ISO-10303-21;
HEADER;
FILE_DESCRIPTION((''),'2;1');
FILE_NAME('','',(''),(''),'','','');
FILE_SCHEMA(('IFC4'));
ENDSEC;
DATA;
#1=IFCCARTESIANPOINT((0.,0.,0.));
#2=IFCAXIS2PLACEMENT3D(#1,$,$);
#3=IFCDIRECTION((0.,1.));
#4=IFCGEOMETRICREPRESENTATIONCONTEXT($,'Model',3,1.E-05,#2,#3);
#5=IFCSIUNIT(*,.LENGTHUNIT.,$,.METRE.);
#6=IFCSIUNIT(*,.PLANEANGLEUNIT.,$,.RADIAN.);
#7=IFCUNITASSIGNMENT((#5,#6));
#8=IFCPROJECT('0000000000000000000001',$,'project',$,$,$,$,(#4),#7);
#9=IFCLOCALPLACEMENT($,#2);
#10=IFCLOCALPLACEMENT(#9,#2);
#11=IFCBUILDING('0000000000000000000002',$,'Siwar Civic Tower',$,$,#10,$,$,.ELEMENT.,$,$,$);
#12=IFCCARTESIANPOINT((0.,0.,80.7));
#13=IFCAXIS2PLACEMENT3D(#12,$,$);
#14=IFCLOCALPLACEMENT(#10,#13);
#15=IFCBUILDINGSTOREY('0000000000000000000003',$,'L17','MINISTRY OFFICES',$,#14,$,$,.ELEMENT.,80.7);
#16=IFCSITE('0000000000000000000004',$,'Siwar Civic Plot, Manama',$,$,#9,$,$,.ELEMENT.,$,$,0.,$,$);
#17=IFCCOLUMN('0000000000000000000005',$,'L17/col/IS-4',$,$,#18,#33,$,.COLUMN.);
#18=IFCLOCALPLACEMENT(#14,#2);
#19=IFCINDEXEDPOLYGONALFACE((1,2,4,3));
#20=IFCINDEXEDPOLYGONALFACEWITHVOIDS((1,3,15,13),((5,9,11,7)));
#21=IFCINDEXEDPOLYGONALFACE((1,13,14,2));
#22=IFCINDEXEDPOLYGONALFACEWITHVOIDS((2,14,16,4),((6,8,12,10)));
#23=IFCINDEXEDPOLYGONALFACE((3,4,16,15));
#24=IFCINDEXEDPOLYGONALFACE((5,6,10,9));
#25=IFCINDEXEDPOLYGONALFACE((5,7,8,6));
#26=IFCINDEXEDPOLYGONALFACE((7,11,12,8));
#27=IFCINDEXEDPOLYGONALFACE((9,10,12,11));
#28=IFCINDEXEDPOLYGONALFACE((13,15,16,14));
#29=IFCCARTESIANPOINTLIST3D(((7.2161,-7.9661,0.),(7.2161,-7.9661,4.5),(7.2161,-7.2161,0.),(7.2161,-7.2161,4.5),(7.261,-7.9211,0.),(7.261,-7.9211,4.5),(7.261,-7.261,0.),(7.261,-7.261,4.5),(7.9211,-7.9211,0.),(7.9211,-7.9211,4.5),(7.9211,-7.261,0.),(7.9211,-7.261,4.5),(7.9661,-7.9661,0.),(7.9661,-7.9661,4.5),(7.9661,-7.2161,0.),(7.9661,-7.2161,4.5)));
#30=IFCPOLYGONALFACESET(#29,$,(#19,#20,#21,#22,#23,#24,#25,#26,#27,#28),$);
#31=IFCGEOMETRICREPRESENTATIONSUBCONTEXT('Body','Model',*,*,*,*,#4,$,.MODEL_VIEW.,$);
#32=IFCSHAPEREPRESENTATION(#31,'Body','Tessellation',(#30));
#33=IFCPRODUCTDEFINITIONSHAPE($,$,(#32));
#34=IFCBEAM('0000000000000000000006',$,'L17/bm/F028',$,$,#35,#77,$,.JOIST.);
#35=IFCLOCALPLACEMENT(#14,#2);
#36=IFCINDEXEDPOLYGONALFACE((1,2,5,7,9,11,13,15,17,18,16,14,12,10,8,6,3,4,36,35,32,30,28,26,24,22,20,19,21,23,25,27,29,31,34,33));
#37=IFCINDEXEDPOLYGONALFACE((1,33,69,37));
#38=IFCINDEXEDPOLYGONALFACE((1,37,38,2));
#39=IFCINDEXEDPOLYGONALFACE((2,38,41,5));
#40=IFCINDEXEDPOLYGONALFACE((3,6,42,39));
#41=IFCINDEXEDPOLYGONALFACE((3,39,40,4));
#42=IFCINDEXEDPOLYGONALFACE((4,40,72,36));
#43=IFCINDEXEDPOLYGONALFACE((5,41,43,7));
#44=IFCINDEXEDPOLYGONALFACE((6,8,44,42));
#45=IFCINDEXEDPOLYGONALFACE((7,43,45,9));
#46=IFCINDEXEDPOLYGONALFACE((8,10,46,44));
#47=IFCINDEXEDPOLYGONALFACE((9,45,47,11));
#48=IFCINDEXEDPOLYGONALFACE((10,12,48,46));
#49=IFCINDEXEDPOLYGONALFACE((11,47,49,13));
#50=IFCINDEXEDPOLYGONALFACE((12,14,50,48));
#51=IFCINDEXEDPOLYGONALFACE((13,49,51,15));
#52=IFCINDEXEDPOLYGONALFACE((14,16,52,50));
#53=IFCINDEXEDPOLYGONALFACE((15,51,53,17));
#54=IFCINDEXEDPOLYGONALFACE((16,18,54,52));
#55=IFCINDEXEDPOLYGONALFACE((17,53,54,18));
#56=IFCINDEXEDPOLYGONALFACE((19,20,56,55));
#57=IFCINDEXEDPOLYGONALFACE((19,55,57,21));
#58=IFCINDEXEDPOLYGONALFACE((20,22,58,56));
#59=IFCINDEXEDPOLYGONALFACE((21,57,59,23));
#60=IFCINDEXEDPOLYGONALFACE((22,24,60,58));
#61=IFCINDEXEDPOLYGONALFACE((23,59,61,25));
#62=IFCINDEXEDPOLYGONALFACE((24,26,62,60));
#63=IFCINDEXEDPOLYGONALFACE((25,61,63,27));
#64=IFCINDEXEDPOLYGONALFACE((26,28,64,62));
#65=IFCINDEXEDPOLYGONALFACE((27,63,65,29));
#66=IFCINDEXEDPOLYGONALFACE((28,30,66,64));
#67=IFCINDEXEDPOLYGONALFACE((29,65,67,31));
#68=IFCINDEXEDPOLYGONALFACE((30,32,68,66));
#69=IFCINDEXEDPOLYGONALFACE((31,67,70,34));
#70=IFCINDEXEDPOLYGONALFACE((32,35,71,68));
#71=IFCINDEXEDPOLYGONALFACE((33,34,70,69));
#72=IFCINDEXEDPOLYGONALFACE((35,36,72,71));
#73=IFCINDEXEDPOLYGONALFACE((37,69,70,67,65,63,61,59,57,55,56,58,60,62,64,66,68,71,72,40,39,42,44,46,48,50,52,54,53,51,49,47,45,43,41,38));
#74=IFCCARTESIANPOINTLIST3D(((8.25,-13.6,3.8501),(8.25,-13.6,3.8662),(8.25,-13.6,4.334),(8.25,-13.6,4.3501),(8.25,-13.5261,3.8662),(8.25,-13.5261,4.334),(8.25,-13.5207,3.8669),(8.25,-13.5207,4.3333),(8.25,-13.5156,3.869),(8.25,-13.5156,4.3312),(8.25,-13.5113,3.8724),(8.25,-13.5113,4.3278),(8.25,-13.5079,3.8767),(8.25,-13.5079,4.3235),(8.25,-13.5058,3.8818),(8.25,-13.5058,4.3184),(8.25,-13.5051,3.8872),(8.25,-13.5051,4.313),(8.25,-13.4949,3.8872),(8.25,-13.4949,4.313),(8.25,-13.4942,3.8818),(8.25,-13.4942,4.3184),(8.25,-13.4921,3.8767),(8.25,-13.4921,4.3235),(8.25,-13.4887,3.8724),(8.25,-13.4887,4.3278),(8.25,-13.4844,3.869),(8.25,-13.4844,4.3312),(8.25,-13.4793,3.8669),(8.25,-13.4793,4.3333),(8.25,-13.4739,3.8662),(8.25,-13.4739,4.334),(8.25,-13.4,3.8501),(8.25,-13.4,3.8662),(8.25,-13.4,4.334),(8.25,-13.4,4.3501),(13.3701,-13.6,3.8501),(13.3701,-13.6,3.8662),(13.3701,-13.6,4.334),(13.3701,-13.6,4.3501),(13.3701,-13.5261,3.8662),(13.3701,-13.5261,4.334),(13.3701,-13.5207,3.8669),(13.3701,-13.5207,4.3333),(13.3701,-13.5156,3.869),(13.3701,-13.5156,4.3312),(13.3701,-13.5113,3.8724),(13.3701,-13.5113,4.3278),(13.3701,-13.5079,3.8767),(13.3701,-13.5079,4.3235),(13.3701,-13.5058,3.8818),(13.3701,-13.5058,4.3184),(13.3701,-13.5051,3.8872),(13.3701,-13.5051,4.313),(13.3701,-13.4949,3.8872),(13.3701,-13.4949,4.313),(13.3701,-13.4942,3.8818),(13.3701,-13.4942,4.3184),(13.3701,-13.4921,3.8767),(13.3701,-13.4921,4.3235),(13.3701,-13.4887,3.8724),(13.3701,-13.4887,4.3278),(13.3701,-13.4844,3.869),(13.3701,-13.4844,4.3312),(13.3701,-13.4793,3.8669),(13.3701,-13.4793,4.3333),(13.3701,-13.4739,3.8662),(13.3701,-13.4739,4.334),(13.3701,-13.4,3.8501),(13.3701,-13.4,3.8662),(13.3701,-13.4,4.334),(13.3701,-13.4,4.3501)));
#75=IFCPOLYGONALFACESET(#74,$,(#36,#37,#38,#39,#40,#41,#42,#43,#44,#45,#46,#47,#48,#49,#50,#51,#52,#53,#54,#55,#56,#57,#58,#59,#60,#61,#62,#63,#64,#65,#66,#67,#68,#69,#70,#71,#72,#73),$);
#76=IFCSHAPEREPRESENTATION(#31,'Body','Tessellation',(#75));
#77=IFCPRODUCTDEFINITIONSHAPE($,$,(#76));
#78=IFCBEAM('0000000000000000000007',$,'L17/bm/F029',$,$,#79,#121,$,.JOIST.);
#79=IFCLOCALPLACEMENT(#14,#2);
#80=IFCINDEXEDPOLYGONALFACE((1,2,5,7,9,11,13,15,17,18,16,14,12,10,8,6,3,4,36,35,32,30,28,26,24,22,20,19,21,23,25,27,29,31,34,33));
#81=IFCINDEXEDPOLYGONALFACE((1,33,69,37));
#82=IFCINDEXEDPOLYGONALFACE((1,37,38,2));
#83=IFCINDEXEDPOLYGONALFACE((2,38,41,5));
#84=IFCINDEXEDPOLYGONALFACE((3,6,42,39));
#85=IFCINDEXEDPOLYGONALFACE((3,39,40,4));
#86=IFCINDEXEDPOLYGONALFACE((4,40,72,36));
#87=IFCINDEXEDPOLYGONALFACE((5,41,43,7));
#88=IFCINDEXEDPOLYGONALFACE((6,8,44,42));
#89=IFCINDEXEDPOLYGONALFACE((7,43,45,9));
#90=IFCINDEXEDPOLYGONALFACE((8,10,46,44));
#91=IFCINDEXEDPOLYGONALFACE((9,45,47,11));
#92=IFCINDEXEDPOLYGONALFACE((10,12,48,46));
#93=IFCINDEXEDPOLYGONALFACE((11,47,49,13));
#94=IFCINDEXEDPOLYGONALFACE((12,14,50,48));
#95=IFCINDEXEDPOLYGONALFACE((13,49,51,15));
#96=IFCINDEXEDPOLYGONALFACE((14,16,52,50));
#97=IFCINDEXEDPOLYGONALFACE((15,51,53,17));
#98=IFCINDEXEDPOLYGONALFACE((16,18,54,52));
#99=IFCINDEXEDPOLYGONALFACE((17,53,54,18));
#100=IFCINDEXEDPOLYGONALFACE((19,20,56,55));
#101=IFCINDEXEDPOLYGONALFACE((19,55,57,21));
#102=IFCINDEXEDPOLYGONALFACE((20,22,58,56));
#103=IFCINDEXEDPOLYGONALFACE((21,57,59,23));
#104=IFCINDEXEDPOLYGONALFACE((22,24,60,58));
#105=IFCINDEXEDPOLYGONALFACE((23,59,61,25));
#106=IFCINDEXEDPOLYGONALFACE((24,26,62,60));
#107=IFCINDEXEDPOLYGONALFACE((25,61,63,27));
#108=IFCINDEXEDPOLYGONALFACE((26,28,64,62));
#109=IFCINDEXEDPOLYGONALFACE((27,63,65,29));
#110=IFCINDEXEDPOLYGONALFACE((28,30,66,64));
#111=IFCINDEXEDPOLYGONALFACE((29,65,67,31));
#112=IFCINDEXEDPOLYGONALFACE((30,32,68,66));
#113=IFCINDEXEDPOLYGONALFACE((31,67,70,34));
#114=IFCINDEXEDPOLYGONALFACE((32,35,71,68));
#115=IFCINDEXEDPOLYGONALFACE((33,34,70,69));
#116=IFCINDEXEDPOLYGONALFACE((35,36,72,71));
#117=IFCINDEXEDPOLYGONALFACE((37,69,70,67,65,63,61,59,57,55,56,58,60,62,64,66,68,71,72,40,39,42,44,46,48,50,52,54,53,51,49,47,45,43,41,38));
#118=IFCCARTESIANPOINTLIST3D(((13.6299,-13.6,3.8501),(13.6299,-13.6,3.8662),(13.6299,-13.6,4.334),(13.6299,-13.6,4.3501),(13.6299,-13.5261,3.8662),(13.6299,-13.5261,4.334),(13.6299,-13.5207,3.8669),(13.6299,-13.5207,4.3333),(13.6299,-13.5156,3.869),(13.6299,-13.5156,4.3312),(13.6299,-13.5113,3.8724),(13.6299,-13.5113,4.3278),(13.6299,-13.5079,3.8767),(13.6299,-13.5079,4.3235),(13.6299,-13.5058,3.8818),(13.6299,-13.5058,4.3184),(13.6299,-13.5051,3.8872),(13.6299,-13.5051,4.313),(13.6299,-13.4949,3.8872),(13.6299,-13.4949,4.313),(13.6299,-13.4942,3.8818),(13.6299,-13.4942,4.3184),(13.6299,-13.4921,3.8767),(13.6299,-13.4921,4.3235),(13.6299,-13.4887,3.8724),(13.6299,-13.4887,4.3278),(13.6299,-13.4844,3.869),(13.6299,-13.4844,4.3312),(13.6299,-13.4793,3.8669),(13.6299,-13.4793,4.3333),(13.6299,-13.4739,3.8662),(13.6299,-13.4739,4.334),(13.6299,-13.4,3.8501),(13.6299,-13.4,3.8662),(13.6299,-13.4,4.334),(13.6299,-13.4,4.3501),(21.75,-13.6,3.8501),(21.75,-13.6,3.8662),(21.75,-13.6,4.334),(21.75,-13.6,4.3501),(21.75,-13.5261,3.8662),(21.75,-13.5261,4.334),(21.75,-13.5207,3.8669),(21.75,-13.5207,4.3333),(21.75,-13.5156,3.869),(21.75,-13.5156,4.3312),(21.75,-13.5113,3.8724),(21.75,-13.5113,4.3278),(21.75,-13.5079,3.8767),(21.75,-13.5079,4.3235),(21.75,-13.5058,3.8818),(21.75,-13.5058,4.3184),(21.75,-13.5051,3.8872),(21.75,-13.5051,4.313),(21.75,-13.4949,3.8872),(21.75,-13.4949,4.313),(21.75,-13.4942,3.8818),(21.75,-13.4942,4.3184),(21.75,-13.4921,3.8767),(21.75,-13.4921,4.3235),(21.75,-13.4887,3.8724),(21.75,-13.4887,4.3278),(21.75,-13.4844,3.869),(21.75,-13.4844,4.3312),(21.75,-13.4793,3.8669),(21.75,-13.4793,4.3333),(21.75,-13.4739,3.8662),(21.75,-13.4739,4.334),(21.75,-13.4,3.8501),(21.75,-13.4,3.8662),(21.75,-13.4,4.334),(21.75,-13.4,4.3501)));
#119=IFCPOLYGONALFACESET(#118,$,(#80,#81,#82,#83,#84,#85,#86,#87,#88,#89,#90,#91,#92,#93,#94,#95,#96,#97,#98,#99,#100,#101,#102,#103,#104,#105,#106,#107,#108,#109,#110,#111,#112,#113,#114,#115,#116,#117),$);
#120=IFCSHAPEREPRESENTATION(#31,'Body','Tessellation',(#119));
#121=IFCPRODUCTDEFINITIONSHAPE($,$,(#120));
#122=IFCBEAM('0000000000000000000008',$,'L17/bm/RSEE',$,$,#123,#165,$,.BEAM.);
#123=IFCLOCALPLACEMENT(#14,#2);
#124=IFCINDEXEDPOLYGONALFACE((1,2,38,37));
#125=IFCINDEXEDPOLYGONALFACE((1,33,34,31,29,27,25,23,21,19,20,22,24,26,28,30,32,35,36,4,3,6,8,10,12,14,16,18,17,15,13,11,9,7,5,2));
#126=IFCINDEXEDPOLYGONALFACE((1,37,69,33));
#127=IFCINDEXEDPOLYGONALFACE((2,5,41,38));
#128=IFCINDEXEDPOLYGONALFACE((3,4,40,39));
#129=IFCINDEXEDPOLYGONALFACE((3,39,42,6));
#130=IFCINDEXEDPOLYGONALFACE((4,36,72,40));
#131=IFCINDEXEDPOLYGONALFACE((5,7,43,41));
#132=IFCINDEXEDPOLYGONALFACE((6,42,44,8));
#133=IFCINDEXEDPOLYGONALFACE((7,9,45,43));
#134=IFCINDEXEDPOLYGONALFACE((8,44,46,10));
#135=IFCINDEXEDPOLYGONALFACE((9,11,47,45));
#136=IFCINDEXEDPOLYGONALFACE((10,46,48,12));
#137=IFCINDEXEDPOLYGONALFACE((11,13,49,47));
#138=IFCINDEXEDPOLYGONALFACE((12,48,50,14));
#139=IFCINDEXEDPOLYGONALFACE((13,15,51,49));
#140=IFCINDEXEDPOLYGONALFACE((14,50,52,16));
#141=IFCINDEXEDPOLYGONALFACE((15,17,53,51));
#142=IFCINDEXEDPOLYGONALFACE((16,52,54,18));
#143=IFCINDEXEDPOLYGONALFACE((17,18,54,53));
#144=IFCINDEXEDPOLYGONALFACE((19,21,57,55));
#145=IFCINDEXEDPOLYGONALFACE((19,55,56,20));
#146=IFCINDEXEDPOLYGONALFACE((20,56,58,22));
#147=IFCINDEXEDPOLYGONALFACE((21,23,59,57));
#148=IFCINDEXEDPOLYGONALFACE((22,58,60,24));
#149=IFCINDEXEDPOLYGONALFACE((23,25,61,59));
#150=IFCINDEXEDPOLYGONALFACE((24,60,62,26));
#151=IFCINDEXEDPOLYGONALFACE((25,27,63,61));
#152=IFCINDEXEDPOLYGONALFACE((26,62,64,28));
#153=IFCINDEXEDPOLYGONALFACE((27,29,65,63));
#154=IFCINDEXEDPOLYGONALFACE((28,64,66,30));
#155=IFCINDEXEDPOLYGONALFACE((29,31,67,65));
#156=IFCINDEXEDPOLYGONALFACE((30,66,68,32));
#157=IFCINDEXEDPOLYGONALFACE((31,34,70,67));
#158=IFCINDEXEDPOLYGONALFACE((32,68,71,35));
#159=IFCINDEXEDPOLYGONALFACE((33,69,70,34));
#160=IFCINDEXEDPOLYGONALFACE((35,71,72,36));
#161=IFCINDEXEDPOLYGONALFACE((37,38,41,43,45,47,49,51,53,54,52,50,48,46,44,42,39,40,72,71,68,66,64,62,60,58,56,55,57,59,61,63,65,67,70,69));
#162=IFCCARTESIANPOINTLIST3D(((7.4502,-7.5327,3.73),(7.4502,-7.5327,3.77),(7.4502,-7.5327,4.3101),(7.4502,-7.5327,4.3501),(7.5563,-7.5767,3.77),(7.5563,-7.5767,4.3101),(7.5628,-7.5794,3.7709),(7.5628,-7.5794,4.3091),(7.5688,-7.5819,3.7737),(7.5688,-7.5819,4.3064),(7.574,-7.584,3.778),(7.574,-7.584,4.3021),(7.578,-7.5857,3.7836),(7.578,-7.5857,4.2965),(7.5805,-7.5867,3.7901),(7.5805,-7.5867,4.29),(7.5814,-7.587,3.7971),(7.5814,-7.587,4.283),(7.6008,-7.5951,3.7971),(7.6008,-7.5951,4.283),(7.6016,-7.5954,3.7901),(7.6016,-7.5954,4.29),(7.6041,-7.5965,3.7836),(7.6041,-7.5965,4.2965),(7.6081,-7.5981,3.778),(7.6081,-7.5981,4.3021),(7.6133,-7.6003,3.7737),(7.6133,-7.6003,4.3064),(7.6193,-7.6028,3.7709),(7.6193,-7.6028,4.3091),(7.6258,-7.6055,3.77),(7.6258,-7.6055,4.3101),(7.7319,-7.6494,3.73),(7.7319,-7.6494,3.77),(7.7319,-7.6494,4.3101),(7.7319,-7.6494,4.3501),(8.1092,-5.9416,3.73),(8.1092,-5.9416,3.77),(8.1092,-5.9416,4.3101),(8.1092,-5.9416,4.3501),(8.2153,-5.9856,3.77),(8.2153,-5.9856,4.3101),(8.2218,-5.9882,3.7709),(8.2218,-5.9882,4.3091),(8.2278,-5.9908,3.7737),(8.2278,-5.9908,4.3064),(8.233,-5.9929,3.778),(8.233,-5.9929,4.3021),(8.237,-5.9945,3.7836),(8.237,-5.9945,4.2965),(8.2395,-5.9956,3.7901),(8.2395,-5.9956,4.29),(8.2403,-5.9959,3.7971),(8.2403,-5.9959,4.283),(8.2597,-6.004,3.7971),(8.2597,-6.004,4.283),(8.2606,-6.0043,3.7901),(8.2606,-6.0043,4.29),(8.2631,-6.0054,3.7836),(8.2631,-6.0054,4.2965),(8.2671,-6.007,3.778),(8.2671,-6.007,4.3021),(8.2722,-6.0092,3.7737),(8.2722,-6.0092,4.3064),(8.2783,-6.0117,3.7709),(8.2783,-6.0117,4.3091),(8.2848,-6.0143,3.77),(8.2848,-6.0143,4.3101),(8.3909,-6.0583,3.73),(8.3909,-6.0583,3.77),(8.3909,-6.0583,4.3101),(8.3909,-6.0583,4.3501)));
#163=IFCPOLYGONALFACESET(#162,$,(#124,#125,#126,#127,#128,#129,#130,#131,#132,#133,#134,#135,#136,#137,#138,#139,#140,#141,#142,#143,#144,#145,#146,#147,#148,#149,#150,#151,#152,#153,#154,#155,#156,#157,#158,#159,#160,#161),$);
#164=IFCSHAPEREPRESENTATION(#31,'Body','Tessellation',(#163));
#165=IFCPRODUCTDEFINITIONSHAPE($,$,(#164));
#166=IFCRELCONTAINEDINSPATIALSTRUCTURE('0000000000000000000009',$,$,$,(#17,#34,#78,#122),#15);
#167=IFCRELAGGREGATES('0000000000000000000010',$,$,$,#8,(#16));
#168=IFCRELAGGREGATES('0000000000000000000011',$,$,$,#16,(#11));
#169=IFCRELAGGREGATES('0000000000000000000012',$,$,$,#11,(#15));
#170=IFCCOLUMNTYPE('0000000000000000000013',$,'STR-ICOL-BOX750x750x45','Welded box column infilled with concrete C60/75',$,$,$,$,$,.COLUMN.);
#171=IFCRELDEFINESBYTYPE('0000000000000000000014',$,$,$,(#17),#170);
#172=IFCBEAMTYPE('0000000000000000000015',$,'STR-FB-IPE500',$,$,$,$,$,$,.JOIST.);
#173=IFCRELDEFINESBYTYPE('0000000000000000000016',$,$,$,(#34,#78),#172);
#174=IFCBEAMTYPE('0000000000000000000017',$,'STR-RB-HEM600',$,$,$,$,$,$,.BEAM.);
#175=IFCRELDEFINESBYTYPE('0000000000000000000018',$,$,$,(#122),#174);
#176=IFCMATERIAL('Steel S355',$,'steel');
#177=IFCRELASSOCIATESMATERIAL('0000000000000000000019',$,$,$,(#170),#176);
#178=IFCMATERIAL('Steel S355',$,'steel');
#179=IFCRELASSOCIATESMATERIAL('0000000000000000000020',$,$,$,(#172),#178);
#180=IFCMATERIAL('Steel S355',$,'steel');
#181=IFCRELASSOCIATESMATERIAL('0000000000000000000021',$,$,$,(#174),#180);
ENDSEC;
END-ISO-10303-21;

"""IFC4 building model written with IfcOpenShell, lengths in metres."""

from ifc_helpers import new_model, si_unit, direction, frame, origin, origin_2d, place, context, subcontext, project, spatial, hollow_rectangle, i_section, extrude, material, material_profile, profile_set, type_object, element, save


model = new_model("IFC4")

# Units and contexts
model_context = context("Model", 3, precision=1e-05, world=origin(), true_north=direction((0.0, 1.0)))
body_context = subcontext(model_context, "Body", "Model", "MODEL_VIEW")
ifc_project = project(units=[si_unit("LENGTHUNIT", "METRE"), si_unit("PLANEANGLEUNIT", "RADIAN")], contexts=[model_context])

# Site, building, storey
site_placement = place(None, origin())
site = spatial("IfcSite", under=ifc_project, at=site_placement, Name="Siwar Civic Plot, Manama", CompositionType="ELEMENT", RefElevation=0.0)
building_placement = place(site_placement, origin())
building = spatial("IfcBuilding", under=site, at=building_placement, Name="Siwar Civic Tower", CompositionType="ELEMENT")
storey_placement = place(building_placement, frame((0.0, 0.0, 80.7)))
storey = spatial("IfcBuildingStorey", under=building, at=storey_placement, Name="L17", Description="MINISTRY OFFICES", CompositionType="ELEMENT", Elevation=80.7)

# Column
ifc_material_1 = material(Name="Steel S355", Category="steel")
ifc_material_profile_1 = material_profile(ifc_material_1, hollow_rectangle(XDim=0.75, YDim=0.75, WallThickness=0.0449, at=origin_2d()), Name="BOX750x750x45")
ifc_profile_set_1 = profile_set([ifc_material_profile_1], Name="Steel S355")
column_type = type_object("IfcColumnType", Name="STR-ICOL-BOX750x750x45", Description="Welded box column infilled with concrete C60/75", PredefinedType="COLUMN", material=ifc_profile_set_1)
column_placement = place(storey_placement, frame((7.5911, -7.5911, 0.0), z_axis=(0.0, 0.0, 1.0), x_axis=(1.0, 0.0, 0.0)))
element("IfcColumn", 1, at=column_placement, inside=storey, type_object=column_type, Name="L17/col/IS-4", PredefinedType="COLUMN", context=body_context, shape_type="SweptSolid", body=[
    extrude(hollow_rectangle(XDim=0.75, YDim=0.75, WallThickness=0.0449, at=origin_2d()), origin(), (0.0, 0.0, 1.0), 4.5),
])

# Beams
ifc_material_2 = material(Name="Steel S355", Category="steel")
ifc_material_profile_2 = material_profile(ifc_material_2, i_section(OverallWidth=0.2, OverallDepth=0.5, WebThickness=0.0103, FlangeThickness=0.0161, FilletRadius=0.021, at=origin_2d()), Name="IPE500")
ifc_profile_set_2 = profile_set([ifc_material_profile_2], Name="Steel S355")
beam_type_1 = type_object("IfcBeamType", Name="STR-FB-IPE500", PredefinedType="JOIST", material=ifc_profile_set_2)
beam_1_placement = place(storey_placement, frame((8.25, -13.5, 4.1001), z_axis=(1.0, 0.0, 0.0), x_axis=(0.0, 1.0, 0.0)))
element("IfcBeam", 2, at=beam_1_placement, inside=storey, type_object=beam_type_1, Name="L17/bm/F028", PredefinedType="JOIST", context=body_context, shape_type="SweptSolid", body=[
    extrude(i_section(OverallWidth=0.2, OverallDepth=0.5, WebThickness=0.0103, FlangeThickness=0.0161, FilletRadius=0.021, at=origin_2d()), origin(), (0.0, 0.0, 1.0), 5.1201),
])
beam_2_placement = place(storey_placement, frame((13.6299, -13.5, 4.1001), z_axis=(1.0, 0.0, 0.0), x_axis=(0.0, 1.0, 0.0)))
element("IfcBeam", 3, at=beam_2_placement, inside=storey, type_object=beam_type_1, Name="L17/bm/F029", PredefinedType="JOIST", context=body_context, shape_type="SweptSolid", body=[
    extrude(i_section(OverallWidth=0.2, OverallDepth=0.5, WebThickness=0.0103, FlangeThickness=0.0161, FilletRadius=0.021, at=origin_2d()), origin(), (0.0, 0.0, 1.0), 8.1201),
])
ifc_material_3 = material(Name="Steel S355", Category="steel")
ifc_material_profile_3 = material_profile(ifc_material_3, i_section(OverallWidth=0.3049, OverallDepth=0.6201, WebThickness=0.021, FlangeThickness=0.04, FilletRadius=0.0271, at=origin_2d()), Name="HEM600")
ifc_profile_set_3 = profile_set([ifc_material_profile_3], Name="Steel S355")
beam_type_2 = type_object("IfcBeamType", Name="STR-RB-HEM600", PredefinedType="BEAM", material=ifc_profile_set_3)
beam_3_placement = place(storey_placement, frame((7.5911, -7.5911, 4.04), z_axis=(0.382631, 0.923901, 0.0), x_axis=(-0.923901, 0.382631, 0.0)))
element("IfcBeam", 4, at=beam_3_placement, inside=storey, type_object=beam_type_2, Name="L17/bm/RSEE", PredefinedType="BEAM", context=body_context, shape_type="SweptSolid", body=[
    extrude(i_section(OverallWidth=0.3049, OverallDepth=0.6201, WebThickness=0.021, FlangeThickness=0.04, FilletRadius=0.0271, at=origin_2d()), origin(), (0.0, 0.0, 1.0), 1.7222),
])

save(model, "model.ifc")
